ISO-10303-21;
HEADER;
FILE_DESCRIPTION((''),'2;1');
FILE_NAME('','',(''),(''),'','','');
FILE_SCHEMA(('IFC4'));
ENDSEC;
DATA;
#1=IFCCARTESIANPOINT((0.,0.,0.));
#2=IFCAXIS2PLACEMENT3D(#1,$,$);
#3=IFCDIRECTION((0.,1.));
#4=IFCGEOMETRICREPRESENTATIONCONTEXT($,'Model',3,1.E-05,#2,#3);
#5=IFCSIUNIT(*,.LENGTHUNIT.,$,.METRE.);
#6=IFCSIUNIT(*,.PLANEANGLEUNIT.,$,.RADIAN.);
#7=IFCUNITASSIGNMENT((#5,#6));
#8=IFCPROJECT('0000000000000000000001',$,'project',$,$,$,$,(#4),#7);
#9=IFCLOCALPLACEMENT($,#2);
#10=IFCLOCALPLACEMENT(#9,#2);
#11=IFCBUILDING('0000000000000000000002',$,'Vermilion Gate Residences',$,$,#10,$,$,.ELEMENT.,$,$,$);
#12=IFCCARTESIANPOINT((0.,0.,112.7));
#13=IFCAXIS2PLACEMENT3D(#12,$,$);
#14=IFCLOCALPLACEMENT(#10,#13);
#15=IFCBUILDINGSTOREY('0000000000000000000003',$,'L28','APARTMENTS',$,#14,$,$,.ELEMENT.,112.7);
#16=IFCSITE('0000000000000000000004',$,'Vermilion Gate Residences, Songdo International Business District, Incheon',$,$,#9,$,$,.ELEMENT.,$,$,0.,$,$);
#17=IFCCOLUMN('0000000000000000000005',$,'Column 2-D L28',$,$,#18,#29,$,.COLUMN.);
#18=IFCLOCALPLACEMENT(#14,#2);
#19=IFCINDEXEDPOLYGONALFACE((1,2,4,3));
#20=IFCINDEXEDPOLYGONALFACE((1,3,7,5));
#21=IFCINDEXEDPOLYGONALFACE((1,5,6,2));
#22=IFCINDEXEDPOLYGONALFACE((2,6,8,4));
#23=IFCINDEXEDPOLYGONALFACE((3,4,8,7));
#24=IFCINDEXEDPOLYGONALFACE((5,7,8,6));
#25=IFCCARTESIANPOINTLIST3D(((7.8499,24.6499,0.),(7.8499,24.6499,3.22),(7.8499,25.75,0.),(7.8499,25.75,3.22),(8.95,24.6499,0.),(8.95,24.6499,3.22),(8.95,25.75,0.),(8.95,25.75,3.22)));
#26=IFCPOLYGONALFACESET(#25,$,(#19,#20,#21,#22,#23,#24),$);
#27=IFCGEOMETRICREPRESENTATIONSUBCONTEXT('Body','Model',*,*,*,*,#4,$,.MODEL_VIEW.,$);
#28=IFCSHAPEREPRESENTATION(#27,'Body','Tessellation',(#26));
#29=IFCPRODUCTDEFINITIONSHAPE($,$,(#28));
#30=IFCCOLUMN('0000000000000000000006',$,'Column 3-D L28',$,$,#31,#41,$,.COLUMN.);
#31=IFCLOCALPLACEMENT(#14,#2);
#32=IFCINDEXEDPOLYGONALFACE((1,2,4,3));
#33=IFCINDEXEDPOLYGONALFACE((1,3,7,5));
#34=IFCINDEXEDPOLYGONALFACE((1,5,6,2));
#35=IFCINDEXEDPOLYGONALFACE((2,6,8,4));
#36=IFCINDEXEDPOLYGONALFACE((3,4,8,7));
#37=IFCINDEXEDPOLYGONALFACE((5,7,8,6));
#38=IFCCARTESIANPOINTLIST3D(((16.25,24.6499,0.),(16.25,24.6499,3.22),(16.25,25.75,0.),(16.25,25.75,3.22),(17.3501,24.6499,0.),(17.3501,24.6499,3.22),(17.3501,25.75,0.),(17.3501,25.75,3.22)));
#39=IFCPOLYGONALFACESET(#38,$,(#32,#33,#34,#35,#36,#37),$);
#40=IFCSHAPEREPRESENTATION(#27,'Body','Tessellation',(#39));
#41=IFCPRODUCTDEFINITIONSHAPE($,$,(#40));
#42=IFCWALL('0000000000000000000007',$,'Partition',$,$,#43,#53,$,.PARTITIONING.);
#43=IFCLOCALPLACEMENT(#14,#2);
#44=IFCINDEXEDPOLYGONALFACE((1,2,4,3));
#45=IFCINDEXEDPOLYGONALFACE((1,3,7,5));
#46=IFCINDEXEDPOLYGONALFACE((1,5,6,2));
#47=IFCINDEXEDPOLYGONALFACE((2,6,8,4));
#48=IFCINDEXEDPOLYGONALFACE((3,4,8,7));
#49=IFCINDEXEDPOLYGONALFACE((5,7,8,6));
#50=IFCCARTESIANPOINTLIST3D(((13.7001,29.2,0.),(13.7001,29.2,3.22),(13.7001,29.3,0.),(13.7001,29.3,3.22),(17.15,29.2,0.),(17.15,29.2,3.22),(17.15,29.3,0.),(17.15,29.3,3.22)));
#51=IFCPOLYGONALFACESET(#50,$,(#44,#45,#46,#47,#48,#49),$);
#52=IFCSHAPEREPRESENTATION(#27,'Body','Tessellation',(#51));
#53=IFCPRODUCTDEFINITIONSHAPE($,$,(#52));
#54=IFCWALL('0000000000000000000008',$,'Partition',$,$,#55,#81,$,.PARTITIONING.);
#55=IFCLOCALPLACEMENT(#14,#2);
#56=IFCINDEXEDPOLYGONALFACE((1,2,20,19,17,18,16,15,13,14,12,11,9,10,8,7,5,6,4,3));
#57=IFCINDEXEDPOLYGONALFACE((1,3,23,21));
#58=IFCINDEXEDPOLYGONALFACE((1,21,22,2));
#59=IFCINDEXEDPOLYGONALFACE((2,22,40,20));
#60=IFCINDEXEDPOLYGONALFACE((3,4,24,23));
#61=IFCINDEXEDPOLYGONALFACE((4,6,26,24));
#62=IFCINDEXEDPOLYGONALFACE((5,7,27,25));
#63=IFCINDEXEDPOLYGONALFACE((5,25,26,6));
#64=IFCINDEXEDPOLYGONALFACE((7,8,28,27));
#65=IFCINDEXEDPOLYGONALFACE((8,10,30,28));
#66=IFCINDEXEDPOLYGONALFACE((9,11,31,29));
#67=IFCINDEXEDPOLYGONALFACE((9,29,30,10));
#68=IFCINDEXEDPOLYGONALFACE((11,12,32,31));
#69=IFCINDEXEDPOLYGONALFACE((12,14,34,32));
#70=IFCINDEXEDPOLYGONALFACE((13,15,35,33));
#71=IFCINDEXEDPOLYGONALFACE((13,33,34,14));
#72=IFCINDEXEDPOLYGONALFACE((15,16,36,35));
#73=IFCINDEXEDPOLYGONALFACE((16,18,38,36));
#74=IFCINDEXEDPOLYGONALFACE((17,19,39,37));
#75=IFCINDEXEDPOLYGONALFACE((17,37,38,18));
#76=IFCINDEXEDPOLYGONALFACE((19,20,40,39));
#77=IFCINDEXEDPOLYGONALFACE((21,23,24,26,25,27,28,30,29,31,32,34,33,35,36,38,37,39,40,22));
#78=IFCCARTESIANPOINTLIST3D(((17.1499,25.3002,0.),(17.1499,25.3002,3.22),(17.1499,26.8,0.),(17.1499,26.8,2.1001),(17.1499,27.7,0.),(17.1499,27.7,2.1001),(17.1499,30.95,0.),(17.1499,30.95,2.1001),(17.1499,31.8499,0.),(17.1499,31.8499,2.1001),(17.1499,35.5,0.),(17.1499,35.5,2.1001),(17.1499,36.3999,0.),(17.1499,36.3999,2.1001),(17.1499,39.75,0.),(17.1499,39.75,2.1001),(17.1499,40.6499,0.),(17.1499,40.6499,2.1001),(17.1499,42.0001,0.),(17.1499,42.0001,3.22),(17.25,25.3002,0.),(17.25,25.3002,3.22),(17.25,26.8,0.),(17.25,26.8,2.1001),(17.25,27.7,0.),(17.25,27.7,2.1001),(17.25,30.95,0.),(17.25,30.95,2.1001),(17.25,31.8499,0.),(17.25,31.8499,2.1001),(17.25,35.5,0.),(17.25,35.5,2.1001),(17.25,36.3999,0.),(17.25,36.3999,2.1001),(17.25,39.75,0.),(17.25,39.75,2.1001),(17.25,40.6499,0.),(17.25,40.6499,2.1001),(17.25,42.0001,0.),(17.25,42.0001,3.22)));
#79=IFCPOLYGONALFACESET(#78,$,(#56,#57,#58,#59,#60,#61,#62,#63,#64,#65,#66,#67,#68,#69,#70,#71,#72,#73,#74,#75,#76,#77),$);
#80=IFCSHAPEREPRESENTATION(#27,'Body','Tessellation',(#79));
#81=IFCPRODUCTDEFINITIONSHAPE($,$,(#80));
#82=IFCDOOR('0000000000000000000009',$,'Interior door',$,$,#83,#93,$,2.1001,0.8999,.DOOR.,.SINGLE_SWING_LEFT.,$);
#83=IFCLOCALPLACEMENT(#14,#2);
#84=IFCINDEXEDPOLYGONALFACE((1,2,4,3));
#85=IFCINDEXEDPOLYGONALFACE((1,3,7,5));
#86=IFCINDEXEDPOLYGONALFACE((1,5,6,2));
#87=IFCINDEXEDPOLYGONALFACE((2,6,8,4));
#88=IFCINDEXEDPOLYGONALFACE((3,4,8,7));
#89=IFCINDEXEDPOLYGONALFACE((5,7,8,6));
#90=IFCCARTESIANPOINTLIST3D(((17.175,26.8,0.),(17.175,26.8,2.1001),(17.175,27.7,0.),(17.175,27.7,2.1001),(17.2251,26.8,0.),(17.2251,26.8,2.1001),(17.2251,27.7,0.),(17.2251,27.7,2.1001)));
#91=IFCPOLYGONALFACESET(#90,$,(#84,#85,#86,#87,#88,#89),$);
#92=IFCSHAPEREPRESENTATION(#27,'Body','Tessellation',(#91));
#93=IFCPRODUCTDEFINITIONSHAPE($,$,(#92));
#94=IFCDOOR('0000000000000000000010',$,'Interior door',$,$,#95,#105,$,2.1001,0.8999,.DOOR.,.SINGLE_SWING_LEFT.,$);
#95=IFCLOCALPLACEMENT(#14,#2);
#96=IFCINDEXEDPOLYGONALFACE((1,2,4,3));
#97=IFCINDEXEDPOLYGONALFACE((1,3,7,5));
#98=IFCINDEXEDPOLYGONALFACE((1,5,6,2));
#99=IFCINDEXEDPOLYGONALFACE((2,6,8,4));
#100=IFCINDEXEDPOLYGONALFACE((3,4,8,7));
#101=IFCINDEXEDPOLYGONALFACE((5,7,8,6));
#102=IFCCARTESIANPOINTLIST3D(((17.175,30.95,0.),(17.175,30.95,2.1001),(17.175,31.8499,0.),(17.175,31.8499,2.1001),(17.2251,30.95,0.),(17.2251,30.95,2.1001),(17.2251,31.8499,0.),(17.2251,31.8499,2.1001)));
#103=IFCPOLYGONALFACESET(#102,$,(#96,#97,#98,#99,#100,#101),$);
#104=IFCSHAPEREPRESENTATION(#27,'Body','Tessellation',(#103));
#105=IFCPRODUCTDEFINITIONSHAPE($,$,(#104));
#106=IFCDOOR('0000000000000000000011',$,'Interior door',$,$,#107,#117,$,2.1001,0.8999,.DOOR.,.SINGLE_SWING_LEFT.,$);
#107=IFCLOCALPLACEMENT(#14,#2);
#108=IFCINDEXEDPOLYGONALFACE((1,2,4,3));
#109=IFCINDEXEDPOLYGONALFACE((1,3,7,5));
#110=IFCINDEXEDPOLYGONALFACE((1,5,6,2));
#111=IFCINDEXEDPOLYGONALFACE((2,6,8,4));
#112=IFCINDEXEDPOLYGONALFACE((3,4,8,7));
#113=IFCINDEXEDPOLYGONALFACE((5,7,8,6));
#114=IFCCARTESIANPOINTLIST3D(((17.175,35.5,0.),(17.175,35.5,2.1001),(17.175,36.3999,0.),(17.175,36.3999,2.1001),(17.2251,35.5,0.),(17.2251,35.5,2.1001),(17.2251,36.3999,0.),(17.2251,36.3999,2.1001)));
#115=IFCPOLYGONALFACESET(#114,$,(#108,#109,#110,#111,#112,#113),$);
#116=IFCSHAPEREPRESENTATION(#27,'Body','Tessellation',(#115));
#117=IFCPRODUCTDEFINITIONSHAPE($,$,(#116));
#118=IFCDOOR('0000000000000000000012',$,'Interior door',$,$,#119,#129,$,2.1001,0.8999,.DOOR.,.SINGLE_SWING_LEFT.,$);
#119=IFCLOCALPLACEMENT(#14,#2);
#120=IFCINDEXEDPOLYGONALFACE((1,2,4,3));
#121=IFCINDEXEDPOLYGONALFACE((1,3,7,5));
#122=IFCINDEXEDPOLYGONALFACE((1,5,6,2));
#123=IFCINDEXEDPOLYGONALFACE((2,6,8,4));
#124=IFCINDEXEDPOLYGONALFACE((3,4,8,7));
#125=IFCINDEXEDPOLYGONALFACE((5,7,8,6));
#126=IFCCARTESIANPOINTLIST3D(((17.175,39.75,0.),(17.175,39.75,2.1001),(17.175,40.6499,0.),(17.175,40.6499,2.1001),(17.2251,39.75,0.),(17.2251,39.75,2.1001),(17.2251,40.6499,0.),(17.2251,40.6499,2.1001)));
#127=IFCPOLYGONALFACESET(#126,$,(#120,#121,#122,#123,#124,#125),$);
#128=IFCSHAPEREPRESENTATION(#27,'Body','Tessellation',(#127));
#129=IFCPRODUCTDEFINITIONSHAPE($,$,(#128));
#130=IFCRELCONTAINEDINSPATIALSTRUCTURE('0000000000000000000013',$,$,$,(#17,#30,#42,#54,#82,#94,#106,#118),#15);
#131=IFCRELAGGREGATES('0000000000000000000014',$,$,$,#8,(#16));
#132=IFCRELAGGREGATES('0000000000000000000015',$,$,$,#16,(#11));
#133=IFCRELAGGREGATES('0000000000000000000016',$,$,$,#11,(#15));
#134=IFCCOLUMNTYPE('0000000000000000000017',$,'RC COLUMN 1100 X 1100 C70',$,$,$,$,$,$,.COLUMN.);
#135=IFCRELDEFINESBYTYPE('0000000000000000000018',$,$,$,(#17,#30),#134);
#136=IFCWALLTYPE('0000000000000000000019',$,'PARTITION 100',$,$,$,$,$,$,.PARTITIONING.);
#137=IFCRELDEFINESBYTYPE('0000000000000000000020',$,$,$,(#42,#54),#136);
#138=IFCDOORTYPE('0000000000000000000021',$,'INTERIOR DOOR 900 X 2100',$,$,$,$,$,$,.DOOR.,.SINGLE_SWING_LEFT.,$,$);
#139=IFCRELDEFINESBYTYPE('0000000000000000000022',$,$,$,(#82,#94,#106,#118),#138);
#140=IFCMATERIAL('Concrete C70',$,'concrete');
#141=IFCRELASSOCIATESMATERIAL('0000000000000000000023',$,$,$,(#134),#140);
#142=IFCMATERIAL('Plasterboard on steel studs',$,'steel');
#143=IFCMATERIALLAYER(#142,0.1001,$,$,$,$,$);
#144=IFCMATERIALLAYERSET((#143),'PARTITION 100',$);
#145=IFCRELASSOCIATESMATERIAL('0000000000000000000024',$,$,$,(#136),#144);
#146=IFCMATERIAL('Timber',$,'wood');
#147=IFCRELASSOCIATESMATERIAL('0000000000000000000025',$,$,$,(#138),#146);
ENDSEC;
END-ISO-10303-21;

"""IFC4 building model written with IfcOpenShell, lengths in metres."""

from ifc_helpers import new_model, si_unit, direction, frame, frame_2d, origin, origin_2d, place, context, subcontext, project, spatial, rectangle, extrude, material, layer, layer_set, material_profile, profile_set, type_object, element, fill, save


model = new_model("IFC4")

# Units and contexts
model_context = context("Model", 3, precision=1e-05, world=origin(), true_north=direction((0.0, 1.0)))
body_context = subcontext(model_context, "Body", "Model", "MODEL_VIEW")
ifc_project = project(units=[si_unit("LENGTHUNIT", "METRE"), si_unit("PLANEANGLEUNIT", "RADIAN")], contexts=[model_context])

# Site, building, storey
site_placement = place(None, origin())
site = spatial("IfcSite", under=ifc_project, at=site_placement, Name="Vermilion Gate Residences, Songdo International Business District, Incheon", CompositionType="ELEMENT", RefElevation=0.0)
building_placement = place(site_placement, origin())
building = spatial("IfcBuilding", under=site, at=building_placement, Name="Vermilion Gate Residences", CompositionType="ELEMENT")
storey_placement = place(building_placement, frame((0.0, 0.0, 112.7)))
storey = spatial("IfcBuildingStorey", under=building, at=storey_placement, Name="L28", Description="APARTMENTS", CompositionType="ELEMENT", Elevation=112.7)

# Columns
ifc_material_1 = material(Name="Concrete C70", Category="concrete")
ifc_material_profile = material_profile(ifc_material_1, rectangle(XDim=1.1001, YDim=1.1001, at=origin_2d()), Name="RC-1100x1100")
ifc_profile_set = profile_set([ifc_material_profile], Name="Concrete C70")
column_type = type_object("IfcColumnType", Name="RC COLUMN 1100 X 1100 C70", PredefinedType="COLUMN", material=ifc_profile_set)
for number, where, z_axis, x_axis, name in (
    (1, (8.3999, 25.2, 0.0), (0.0, 0.0, 1.0), (1.0, 0.0, 0.0), "Column 2-D L28"),
    (2, (16.8, 25.2, 0.0), (0.0, 0.0, 1.0), (1.0, 0.0, 0.0), "Column 3-D L28"),
):
    element("IfcColumn", number, at=place(storey_placement, frame(where, z_axis=z_axis, x_axis=x_axis)), inside=storey, type_object=column_type, Name=name, PredefinedType="COLUMN", context=body_context, shape_type="SweptSolid", body=[
        extrude(rectangle(XDim=1.1001, YDim=1.1001, at=origin_2d()), origin(), (0.0, 0.0, 1.0), 3.22),
    ])

# Wall
ifc_material_2 = material(Name="Plasterboard on steel studs", Category="steel")
ifc_layer_1 = layer(ifc_material_2, 0.1001)
ifc_layer_set_1 = layer_set([ifc_layer_1], Name="PARTITION 100")
wall_type_1 = type_object("IfcWallType", Name="PARTITION 100", PredefinedType="PARTITIONING", material=ifc_layer_set_1)
wall_1_placement = place(storey_placement, frame((13.7, 29.25, 0.0), z_axis=(0.0, 0.0, 1.0), x_axis=(1.0, 0.0, 0.0)))
element("IfcWall", 3, at=wall_1_placement, inside=storey, type_object=wall_type_1, Name="Partition", PredefinedType="PARTITIONING", context=body_context, shape_type="SweptSolid", body=[
    extrude(rectangle(XDim=3.45, YDim=0.1001, at=frame_2d((1.7251, 0.0))), origin(), (0.0, 0.0, 1.0), 3.22),
])

# Wall, openings, doors
wall_2_placement = place(storey_placement, frame((17.2, 25.3, 0.0), z_axis=(0.0, 0.0, 1.0), x_axis=(0.0, 1.0, 0.0)))
wall_2 = element("IfcWall", 4, at=wall_2_placement, inside=storey, type_object=wall_type_1, Name="Partition", PredefinedType="PARTITIONING", context=body_context, shape_type="SweptSolid", body=[
    extrude(rectangle(XDim=16.7, YDim=0.1001, at=frame_2d((8.3501, 0.0))), origin(), (0.0, 0.0, 1.0), 3.22),
])
opening_1_placement = place(wall_2_placement, frame((1.5, 0.0, 0.0)))
opening_1 = element("IfcOpeningElement", 5, at=opening_1_placement, cuts=wall_2, PredefinedType="OPENING", context=body_context, shape_type="SweptSolid", body=[
    extrude(rectangle(XDim=0.8999, YDim=2.1001, at=frame_2d((0.45, 1.05))), frame((0.0, 0.0601, 0.0), z_axis=(0.0, -1.0, 0.0), x_axis=(1.0, 0.0, 0.0)), (0.0, 0.0, 1.0), 0.1201),
])
opening_2_placement = place(wall_2_placement, frame((5.6499, 0.0, 0.0)))
opening_2 = element("IfcOpeningElement", 6, at=opening_2_placement, cuts=wall_2, PredefinedType="OPENING", context=body_context, shape_type="SweptSolid", body=[
    extrude(rectangle(XDim=0.8999, YDim=2.1001, at=frame_2d((0.45, 1.05))), frame((0.0, 0.0601, 0.0), z_axis=(0.0, -1.0, 0.0), x_axis=(1.0, 0.0, 0.0)), (0.0, 0.0, 1.0), 0.1201),
])
opening_3_placement = place(wall_2_placement, frame((10.2, 0.0, 0.0)))
opening_3 = element("IfcOpeningElement", 7, at=opening_3_placement, cuts=wall_2, PredefinedType="OPENING", context=body_context, shape_type="SweptSolid", body=[
    extrude(rectangle(XDim=0.8999, YDim=2.1001, at=frame_2d((0.45, 1.05))), frame((0.0, 0.0601, 0.0), z_axis=(0.0, -1.0, 0.0), x_axis=(1.0, 0.0, 0.0)), (0.0, 0.0, 1.0), 0.1201),
])
opening_4_placement = place(wall_2_placement, frame((14.45, 0.0, 0.0)))
opening_4 = element("IfcOpeningElement", 8, at=opening_4_placement, cuts=wall_2, PredefinedType="OPENING", context=body_context, shape_type="SweptSolid", body=[
    extrude(rectangle(XDim=0.8999, YDim=2.1001, at=frame_2d((0.45, 1.05))), frame((0.0, 0.0601, 0.0), z_axis=(0.0, -1.0, 0.0), x_axis=(1.0, 0.0, 0.0)), (0.0, 0.0, 1.0), 0.1201),
])
ifc_material_3 = material(Name="Timber", Category="wood")
door_type_1 = type_object("IfcDoorType", Name="INTERIOR DOOR 900 X 2100", OperationType="SINGLE_SWING_LEFT", PredefinedType="DOOR", material=ifc_material_3)
door_1_placement = place(opening_1_placement, origin())
door_1 = element("IfcDoor", 9, at=door_1_placement, inside=storey, type_object=door_type_1, Name="Interior door", OperationType="SINGLE_SWING_LEFT", OverallHeight=2.1001, OverallWidth=0.8999, PredefinedType="DOOR", context=body_context, shape_type="SweptSolid", body=[
    extrude(rectangle(XDim=0.8999, YDim=2.1001, at=frame_2d((0.45, 1.05))), frame((0.0, 0.0249, 0.0), z_axis=(0.0, -1.0, 0.0), x_axis=(1.0, 0.0, 0.0)), (0.0, 0.0, 1.0), 0.05),
])
fill(opening_1, door_1)
door_2_placement = place(opening_2_placement, origin())
door_2 = element("IfcDoor", 10, at=door_2_placement, inside=storey, type_object=door_type_1, Name="Interior door", OperationType="SINGLE_SWING_LEFT", OverallHeight=2.1001, OverallWidth=0.8999, PredefinedType="DOOR", context=body_context, shape_type="SweptSolid", body=[
    extrude(rectangle(XDim=0.8999, YDim=2.1001, at=frame_2d((0.45, 1.05))), frame((0.0, 0.0249, 0.0), z_axis=(0.0, -1.0, 0.0), x_axis=(1.0, 0.0, 0.0)), (0.0, 0.0, 1.0), 0.05),
])
fill(opening_2, door_2)
door_3_placement = place(opening_3_placement, origin())
door_3 = element("IfcDoor", 11, at=door_3_placement, inside=storey, type_object=door_type_1, Name="Interior door", OperationType="SINGLE_SWING_LEFT", OverallHeight=2.1001, OverallWidth=0.8999, PredefinedType="DOOR", context=body_context, shape_type="SweptSolid", body=[
    extrude(rectangle(XDim=0.8999, YDim=2.1001, at=frame_2d((0.45, 1.05))), frame((0.0, 0.0249, 0.0), z_axis=(0.0, -1.0, 0.0), x_axis=(1.0, 0.0, 0.0)), (0.0, 0.0, 1.0), 0.05),
])
fill(opening_3, door_3)
door_4_placement = place(opening_4_placement, origin())
door_4 = element("IfcDoor", 12, at=door_4_placement, inside=storey, type_object=door_type_1, Name="Interior door", OperationType="SINGLE_SWING_LEFT", OverallHeight=2.1001, OverallWidth=0.8999, PredefinedType="DOOR", context=body_context, shape_type="SweptSolid", body=[
    extrude(rectangle(XDim=0.8999, YDim=2.1001, at=frame_2d((0.45, 1.05))), frame((0.0, 0.0249, 0.0), z_axis=(0.0, -1.0, 0.0), x_axis=(1.0, 0.0, 0.0)), (0.0, 0.0, 1.0), 0.05),
])
fill(opening_4, door_4)

save(model, "model.ifc")
